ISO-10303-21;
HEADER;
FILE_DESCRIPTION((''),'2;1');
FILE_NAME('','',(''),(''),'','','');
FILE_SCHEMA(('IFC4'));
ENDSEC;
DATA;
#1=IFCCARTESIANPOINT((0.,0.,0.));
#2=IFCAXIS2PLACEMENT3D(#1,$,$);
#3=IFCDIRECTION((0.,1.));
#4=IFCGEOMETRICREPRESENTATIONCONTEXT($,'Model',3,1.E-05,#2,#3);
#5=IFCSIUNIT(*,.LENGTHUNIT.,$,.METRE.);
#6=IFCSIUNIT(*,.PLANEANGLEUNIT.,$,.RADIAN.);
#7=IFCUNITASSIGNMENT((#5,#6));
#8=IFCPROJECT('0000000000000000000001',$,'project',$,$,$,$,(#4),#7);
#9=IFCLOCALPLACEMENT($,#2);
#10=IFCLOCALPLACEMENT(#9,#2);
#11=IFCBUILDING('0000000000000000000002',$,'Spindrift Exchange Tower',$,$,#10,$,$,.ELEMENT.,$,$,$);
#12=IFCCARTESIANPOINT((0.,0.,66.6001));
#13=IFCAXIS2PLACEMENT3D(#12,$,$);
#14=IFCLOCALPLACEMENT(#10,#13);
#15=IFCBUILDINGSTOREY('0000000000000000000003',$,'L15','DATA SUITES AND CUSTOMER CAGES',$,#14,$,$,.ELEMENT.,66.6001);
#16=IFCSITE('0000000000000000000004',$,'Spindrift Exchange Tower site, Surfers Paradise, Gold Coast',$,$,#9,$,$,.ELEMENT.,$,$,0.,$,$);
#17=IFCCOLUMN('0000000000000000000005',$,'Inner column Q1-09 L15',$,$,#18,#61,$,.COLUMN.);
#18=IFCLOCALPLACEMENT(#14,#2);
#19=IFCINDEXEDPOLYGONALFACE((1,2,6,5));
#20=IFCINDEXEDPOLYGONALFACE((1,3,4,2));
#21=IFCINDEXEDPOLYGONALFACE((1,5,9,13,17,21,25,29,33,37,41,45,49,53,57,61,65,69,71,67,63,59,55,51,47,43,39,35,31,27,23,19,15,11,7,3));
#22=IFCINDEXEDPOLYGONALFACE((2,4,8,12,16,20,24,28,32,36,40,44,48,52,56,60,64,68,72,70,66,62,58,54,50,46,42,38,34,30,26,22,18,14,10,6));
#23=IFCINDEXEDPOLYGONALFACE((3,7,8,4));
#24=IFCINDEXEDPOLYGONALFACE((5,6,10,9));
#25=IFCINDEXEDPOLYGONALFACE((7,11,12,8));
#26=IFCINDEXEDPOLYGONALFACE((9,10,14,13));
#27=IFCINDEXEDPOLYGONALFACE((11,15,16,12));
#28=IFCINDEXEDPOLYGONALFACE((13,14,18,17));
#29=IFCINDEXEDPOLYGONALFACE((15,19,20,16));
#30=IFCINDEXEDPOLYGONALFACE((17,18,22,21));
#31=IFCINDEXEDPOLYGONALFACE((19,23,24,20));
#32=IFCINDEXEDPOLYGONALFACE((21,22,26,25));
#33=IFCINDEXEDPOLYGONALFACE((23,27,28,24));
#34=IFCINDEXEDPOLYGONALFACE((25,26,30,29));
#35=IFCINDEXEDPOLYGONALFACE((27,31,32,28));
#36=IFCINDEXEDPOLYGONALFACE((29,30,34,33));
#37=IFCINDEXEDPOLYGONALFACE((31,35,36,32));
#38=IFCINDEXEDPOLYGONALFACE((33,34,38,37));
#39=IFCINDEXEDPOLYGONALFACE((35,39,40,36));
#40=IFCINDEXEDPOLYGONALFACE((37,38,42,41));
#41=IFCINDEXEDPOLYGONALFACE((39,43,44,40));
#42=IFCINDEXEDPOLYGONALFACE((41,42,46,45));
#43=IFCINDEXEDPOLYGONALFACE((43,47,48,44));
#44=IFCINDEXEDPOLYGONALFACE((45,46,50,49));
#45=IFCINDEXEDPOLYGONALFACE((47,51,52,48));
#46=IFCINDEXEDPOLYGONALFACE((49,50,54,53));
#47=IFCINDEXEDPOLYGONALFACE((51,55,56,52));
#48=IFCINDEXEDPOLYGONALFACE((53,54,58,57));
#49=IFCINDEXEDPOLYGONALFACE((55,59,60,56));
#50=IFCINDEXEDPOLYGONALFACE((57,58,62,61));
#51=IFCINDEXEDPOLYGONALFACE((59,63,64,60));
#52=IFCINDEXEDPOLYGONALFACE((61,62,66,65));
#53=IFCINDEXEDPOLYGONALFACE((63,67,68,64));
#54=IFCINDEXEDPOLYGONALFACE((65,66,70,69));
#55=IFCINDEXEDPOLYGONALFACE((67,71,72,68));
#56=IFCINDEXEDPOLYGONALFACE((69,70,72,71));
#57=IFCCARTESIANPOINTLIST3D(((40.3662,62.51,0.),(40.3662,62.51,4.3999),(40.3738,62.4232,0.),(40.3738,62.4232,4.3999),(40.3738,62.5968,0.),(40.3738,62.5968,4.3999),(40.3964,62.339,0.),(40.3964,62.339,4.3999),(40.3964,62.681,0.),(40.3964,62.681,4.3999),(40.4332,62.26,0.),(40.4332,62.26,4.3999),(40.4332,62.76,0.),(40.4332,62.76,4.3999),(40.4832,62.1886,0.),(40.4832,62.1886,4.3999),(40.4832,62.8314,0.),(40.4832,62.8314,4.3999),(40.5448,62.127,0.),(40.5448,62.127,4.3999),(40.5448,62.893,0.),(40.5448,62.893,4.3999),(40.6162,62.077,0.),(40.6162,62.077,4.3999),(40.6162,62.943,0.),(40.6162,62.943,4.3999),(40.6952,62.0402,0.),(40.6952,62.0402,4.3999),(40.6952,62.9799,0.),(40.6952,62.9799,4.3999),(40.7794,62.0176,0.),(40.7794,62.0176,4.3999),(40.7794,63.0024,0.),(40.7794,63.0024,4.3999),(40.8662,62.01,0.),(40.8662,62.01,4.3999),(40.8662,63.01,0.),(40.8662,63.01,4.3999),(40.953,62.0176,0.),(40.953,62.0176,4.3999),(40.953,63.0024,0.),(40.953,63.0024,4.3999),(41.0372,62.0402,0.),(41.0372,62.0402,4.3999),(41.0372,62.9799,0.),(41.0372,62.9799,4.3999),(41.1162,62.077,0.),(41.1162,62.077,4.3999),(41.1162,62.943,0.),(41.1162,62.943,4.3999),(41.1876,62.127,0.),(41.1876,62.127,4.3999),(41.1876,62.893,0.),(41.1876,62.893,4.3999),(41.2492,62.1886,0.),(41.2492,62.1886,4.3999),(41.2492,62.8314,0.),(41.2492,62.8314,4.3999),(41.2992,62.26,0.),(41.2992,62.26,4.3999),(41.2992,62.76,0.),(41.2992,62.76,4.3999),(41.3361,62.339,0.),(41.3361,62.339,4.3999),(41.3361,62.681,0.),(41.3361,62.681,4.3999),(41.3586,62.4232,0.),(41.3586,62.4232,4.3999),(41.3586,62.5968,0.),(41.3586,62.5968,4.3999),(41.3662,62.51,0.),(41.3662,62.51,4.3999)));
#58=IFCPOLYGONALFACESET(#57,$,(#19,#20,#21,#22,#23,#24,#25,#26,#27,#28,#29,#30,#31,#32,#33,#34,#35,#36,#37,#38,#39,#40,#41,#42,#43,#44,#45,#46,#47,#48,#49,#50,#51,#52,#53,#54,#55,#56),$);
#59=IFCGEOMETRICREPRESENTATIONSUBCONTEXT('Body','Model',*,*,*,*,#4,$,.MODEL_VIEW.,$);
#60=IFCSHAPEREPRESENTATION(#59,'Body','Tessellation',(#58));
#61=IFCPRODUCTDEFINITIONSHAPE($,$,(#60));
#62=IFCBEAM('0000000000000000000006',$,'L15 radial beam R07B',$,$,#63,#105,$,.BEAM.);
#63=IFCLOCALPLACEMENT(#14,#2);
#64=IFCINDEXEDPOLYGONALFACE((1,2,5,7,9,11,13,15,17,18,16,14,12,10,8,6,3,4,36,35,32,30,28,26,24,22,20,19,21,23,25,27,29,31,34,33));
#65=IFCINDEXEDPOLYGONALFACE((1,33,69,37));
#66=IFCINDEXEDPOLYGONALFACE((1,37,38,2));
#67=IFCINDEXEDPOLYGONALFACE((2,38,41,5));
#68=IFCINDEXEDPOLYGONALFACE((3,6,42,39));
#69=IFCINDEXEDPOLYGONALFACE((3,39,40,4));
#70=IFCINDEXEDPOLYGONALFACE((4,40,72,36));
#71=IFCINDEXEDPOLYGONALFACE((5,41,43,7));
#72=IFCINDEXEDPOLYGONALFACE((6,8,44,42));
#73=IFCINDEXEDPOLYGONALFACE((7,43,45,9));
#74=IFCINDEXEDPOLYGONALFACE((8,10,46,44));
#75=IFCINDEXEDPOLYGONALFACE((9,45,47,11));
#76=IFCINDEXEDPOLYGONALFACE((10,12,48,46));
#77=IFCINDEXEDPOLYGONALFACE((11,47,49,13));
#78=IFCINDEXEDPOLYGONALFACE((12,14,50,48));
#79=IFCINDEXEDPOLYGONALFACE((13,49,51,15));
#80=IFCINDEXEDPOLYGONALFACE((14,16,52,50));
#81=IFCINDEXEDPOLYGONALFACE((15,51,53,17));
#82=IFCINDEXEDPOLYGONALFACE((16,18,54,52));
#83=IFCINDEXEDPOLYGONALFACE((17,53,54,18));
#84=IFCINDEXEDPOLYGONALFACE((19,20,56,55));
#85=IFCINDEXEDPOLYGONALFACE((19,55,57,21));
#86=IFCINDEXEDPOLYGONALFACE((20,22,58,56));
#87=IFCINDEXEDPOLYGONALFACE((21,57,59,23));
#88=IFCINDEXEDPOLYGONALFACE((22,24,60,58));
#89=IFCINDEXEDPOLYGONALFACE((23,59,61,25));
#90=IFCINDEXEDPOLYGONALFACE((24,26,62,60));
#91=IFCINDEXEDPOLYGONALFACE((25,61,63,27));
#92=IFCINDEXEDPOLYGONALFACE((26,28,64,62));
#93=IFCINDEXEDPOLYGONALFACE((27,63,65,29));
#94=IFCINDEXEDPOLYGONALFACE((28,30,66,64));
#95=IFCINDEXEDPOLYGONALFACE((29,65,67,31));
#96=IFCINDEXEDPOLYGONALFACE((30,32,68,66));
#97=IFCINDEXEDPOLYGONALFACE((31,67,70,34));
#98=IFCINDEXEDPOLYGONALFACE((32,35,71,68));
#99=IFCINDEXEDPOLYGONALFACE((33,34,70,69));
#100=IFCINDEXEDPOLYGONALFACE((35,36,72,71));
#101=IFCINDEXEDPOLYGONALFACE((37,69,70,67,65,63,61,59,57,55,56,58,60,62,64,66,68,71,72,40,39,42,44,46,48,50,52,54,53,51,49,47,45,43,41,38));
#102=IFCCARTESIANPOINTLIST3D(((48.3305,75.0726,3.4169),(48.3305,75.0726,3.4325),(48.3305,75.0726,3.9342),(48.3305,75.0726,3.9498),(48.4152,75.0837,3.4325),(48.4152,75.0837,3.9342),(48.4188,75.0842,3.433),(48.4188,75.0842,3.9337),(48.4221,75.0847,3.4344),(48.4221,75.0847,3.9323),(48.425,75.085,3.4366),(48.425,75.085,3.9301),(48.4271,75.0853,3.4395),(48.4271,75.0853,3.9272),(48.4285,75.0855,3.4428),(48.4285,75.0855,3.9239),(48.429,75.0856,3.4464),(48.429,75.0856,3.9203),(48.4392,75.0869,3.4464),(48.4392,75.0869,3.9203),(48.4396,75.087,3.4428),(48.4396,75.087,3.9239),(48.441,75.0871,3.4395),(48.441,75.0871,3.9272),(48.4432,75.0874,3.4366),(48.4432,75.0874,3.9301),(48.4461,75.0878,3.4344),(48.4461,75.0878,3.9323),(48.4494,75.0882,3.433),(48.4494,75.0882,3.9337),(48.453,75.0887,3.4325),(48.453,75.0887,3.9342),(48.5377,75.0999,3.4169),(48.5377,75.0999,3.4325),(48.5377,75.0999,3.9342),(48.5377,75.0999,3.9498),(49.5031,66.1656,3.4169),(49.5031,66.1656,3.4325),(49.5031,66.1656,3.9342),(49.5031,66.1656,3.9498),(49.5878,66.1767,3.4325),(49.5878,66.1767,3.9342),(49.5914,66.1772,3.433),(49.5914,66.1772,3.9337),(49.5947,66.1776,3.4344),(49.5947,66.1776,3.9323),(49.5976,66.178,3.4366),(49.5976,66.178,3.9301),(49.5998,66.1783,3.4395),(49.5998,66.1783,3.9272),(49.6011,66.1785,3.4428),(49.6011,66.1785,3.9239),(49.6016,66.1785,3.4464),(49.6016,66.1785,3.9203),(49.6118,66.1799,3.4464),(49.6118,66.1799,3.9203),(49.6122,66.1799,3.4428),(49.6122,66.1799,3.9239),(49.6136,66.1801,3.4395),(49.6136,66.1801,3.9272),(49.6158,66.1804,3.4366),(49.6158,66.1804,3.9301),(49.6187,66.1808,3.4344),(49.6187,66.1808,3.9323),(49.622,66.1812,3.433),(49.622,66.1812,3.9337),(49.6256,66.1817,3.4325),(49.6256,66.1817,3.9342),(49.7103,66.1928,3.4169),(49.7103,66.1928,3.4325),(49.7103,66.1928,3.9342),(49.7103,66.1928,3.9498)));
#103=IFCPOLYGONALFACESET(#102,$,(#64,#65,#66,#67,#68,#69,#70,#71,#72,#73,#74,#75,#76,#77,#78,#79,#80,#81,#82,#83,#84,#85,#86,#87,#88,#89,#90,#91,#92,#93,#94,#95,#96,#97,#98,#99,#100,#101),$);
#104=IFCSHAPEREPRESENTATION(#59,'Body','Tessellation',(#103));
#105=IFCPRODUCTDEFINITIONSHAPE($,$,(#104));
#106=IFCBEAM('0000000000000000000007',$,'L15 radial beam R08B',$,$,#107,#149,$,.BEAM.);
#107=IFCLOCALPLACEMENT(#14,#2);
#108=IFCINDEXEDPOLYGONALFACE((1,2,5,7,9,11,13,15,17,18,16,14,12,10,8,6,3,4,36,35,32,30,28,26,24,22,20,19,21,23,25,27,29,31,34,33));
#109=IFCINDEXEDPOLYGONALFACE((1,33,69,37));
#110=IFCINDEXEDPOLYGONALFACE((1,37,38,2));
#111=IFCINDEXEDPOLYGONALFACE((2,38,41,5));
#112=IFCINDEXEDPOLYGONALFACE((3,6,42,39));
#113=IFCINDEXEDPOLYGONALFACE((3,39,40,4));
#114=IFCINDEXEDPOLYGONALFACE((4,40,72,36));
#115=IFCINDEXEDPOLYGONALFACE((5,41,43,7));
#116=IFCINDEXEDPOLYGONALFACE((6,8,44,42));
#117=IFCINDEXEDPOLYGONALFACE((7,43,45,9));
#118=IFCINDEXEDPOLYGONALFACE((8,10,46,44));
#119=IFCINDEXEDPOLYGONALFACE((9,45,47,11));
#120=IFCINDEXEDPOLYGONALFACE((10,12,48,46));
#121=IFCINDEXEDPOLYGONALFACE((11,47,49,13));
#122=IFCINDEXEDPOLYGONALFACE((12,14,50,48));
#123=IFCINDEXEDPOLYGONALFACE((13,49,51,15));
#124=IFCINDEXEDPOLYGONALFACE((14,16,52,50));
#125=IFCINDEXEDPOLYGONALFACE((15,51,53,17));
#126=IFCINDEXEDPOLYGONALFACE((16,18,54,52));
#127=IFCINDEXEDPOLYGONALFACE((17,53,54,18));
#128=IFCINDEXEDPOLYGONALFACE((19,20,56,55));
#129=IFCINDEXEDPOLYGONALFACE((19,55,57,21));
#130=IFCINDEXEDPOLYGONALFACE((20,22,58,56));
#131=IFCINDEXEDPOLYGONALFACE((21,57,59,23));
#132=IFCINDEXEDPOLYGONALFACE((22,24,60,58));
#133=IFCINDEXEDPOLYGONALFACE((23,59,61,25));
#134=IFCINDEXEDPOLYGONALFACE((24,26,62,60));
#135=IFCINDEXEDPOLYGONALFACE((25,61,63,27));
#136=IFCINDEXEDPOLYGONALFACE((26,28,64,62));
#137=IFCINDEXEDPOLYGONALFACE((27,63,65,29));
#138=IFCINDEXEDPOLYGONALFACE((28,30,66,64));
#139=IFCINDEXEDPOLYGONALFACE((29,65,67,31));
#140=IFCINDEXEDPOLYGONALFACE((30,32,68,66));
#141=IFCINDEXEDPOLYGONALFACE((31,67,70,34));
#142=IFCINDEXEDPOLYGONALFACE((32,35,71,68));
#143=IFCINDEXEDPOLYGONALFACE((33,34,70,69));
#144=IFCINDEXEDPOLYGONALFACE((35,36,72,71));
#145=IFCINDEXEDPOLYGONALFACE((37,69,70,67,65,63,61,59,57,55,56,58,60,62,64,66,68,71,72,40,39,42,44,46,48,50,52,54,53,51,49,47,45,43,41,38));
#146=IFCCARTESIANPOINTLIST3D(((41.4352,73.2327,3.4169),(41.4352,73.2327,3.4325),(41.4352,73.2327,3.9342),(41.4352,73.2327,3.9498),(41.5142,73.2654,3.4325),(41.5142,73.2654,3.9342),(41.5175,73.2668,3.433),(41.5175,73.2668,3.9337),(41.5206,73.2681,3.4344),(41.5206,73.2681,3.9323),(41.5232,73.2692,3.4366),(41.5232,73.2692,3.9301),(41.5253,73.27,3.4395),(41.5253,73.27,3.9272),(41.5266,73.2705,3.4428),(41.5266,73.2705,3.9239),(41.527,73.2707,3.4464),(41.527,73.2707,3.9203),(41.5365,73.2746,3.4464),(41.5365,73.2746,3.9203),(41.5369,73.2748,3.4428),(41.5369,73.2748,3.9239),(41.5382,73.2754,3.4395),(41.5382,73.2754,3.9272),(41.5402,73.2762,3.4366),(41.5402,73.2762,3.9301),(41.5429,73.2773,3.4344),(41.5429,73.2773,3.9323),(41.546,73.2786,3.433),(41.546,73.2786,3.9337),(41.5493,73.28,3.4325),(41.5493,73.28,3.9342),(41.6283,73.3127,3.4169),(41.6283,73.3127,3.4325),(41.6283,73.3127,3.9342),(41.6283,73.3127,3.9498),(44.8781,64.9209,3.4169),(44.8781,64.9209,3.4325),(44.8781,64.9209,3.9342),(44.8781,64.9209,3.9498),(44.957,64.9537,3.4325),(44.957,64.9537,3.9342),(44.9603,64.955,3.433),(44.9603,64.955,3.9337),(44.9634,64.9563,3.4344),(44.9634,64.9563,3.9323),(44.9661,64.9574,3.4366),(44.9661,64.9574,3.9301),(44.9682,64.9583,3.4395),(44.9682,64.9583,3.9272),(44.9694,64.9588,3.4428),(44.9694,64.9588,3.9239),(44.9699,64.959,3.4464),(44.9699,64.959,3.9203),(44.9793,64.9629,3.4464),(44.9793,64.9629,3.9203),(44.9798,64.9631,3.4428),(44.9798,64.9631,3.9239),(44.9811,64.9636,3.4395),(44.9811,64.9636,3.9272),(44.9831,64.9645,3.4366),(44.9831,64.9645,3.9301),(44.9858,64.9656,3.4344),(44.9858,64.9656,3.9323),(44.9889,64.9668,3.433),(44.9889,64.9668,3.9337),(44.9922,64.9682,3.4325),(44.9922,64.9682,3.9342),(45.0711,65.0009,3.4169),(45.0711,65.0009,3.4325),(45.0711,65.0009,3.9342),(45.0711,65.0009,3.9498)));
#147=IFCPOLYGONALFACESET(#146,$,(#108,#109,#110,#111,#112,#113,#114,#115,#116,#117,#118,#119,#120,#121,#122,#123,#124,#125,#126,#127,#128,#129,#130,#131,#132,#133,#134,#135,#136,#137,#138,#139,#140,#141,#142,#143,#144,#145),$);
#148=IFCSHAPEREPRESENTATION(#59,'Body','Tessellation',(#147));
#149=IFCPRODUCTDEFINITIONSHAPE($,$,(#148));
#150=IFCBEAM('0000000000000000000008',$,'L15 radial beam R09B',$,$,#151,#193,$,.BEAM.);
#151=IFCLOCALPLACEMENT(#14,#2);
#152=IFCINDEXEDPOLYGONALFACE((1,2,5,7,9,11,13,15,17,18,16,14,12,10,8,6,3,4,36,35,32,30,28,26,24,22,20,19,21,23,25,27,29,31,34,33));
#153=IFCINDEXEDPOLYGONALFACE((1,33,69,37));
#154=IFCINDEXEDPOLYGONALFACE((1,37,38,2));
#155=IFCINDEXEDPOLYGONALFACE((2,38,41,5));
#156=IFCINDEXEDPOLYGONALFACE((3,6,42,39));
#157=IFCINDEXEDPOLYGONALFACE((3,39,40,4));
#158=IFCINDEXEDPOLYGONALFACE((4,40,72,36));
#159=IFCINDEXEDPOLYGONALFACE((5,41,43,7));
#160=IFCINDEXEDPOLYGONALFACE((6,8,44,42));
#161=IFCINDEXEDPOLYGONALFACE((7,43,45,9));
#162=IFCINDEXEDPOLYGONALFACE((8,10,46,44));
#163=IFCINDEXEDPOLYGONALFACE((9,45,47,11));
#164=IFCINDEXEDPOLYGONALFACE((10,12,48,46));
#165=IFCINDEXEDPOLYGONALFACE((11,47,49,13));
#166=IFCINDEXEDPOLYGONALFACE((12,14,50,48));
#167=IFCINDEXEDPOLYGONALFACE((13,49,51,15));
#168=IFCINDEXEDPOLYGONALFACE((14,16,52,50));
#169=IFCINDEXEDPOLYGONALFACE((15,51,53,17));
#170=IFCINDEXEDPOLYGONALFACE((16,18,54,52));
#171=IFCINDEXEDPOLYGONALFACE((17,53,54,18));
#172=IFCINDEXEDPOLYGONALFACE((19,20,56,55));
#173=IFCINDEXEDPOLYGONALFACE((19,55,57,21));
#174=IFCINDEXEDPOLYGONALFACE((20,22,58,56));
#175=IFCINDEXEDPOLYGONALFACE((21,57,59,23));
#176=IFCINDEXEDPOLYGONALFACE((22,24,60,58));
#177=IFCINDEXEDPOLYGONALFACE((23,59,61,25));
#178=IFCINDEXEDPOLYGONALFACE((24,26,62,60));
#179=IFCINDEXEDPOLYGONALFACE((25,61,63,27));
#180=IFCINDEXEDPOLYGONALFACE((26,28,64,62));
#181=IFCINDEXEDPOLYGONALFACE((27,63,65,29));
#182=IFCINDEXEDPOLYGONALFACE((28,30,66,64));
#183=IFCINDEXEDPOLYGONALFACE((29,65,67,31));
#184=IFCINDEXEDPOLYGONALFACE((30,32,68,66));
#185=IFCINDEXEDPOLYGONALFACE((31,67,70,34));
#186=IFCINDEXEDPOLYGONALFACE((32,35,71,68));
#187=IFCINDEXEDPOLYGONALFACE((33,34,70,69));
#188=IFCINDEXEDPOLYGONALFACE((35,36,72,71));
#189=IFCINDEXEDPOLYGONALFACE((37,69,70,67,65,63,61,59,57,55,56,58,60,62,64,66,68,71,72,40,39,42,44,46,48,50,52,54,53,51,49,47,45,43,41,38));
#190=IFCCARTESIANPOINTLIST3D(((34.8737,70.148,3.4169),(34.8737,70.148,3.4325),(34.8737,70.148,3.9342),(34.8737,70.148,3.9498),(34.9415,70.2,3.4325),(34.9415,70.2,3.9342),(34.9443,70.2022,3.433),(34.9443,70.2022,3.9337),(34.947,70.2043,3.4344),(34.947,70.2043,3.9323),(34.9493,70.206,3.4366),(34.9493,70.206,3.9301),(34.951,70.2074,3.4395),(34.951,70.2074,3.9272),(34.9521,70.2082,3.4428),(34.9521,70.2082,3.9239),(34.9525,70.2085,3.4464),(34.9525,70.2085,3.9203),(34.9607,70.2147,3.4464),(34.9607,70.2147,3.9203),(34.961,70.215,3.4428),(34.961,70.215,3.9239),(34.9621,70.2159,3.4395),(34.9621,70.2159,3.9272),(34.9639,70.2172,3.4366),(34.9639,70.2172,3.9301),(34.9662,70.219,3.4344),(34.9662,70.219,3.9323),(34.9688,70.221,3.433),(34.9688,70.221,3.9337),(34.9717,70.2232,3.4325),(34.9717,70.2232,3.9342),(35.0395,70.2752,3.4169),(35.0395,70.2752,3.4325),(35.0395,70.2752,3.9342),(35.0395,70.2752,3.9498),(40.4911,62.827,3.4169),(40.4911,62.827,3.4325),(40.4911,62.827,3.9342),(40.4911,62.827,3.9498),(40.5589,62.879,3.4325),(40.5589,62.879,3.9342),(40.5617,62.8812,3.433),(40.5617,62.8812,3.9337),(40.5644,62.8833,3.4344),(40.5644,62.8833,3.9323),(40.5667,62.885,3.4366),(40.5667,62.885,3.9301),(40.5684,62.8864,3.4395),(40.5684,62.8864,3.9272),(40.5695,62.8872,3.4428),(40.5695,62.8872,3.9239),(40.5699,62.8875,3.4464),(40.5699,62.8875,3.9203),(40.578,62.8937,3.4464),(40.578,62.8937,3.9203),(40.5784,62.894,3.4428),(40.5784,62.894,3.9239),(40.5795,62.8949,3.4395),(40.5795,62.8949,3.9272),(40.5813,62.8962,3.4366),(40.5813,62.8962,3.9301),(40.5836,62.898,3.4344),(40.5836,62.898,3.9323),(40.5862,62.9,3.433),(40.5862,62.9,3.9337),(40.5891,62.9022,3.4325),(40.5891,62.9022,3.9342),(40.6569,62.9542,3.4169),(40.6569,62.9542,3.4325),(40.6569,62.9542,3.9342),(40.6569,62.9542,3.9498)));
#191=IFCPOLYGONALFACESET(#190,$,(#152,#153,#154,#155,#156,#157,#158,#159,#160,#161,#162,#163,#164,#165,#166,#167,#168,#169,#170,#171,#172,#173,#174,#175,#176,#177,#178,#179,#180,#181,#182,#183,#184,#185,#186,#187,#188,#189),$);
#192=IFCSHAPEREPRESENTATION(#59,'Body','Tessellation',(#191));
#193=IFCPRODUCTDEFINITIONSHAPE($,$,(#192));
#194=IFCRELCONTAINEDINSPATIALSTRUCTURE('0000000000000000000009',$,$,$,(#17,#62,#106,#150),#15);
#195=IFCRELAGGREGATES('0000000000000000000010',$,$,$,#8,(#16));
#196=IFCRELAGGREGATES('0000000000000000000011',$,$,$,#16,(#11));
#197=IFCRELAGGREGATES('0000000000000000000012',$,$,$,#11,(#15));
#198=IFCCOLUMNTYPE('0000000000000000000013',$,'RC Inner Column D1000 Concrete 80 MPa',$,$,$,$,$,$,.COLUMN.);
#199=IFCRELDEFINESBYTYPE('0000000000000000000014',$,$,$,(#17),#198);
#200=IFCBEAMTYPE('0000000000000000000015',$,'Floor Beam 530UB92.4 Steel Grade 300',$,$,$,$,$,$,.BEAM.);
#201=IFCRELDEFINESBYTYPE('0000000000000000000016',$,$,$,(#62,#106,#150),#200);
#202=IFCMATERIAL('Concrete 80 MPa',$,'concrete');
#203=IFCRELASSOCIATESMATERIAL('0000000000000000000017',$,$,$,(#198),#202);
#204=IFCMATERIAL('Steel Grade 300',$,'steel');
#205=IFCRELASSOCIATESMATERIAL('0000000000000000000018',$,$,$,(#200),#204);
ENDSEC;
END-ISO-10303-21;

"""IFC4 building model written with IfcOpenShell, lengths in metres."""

from ifc_helpers import new_model, si_unit, direction, frame, origin, origin_2d, place, context, subcontext, project, spatial, circle, i_section, extrude, source, transform, mapped, material, material_profile, profile_set, type_object, element, save


model = new_model("IFC4")

# Units and contexts
model_context = context("Model", 3, precision=1e-05, world=origin(), true_north=direction((0.0, 1.0)))
body_context = subcontext(model_context, "Body", "Model", "MODEL_VIEW")
ifc_project = project(units=[si_unit("LENGTHUNIT", "METRE"), si_unit("PLANEANGLEUNIT", "RADIAN")], contexts=[model_context])

# Site, building, storey
site_placement = place(None, origin())
site = spatial("IfcSite", under=ifc_project, at=site_placement, Name="Spindrift Exchange Tower site, Surfers Paradise, Gold Coast", CompositionType="ELEMENT", RefElevation=0.0)
building_placement = place(site_placement, origin())
building = spatial("IfcBuilding", under=site, at=building_placement, Name="Spindrift Exchange Tower", CompositionType="ELEMENT")
storey_placement = place(building_placement, frame((0.0, 0.0, 66.6001)))
storey = spatial("IfcBuildingStorey", under=building, at=storey_placement, Name="L15", Description="DATA SUITES AND CUSTOMER CAGES", CompositionType="ELEMENT", Elevation=66.6001)

# Column
ifc_material_1 = material(Name="Concrete 80 MPa", Category="concrete")
ifc_material_profile_1 = material_profile(ifc_material_1, circle(Radius=0.5, at=origin_2d()), Name="RC D1000")
ifc_profile_set_1 = profile_set([ifc_material_profile_1], Name="Concrete 80 MPa")
column_type_1 = type_object("IfcColumnType", Name="RC Inner Column D1000 Concrete 80 MPa", PredefinedType="COLUMN", material=ifc_profile_set_1)
shared_shape_1 = source(origin(), body_context, "Body", "SweptSolid", [
    extrude(circle(Radius=0.5, at=origin_2d()), origin(), (0.0, 0.0, 1.0), 4.3999),
])
for number, where, z_axis, x_axis, name in (
    (1, (40.8662, 62.51, 0.0), (0.0, 0.0, 1.0), (1.0, 0.0, 0.0), "Inner column Q1-09 L15"),
):
    element("IfcColumn", number, at=place(storey_placement, frame(where, z_axis=z_axis, x_axis=x_axis)), inside=storey, type_object=column_type_1, Name=name, PredefinedType="COLUMN", context=body_context, shape_type="MappedRepresentation", body=[
        mapped(shared_shape_1, transform((0.0, 0.0, 0.0), scale=1.0)),
    ])

# Beams
ifc_material_2 = material(Name="Steel Grade 300", Category="steel")
ifc_material_profile_2 = material_profile(ifc_material_2, i_section(OverallWidth=0.209, OverallDepth=0.533, WebThickness=0.0103, FlangeThickness=0.0156, FilletRadius=0.0139, at=origin_2d()), Name="530UB92.4")
ifc_profile_set_2 = profile_set([ifc_material_profile_2], Name="Steel Grade 300")
beam_type_1 = type_object("IfcBeamType", Name="Floor Beam 530UB92.4 Steel Grade 300", PredefinedType="BEAM", material=ifc_profile_set_2)
shared_shape_2 = source(origin(), body_context, "Body", "SweptSolid", [
    extrude(i_section(OverallWidth=0.209, OverallDepth=0.533, WebThickness=0.0103, FlangeThickness=0.0156, FilletRadius=0.0139, at=origin_2d()), origin(), (0.0, 0.0, 1.0), 8.9839),
])
beam_1_placement = place(storey_placement, frame((49.6067, 66.1792, 3.6833), z_axis=(-0.130524, 0.991445, 0.0), x_axis=(-0.991445, -0.130524, 0.0)))
element("IfcBeam", 2, at=beam_1_placement, inside=storey, type_object=beam_type_1, Name="L15 radial beam R07B", PredefinedType="BEAM", context=body_context, shape_type="MappedRepresentation", body=[
    mapped(shared_shape_2, transform((0.0, 0.0, 0.0), scale=1.0)),
])
shared_shape_3 = source(origin(), body_context, "Body", "SweptSolid", [
    extrude(i_section(OverallWidth=0.209, OverallDepth=0.533, WebThickness=0.0103, FlangeThickness=0.0156, FilletRadius=0.0139, at=origin_2d()), origin(), (0.0, 0.0, 1.0), 8.9966),
])
beam_2_placement = place(storey_placement, frame((44.9746, 64.9609, 3.6833), z_axis=(-0.382686, 0.923879, 0.0), x_axis=(-0.923879, -0.382686, 0.0)))
element("IfcBeam", 3, at=beam_2_placement, inside=storey, type_object=beam_type_1, Name="L15 radial beam R08B", PredefinedType="BEAM", context=body_context, shape_type="MappedRepresentation", body=[
    mapped(shared_shape_3, transform((0.0, 0.0, 0.0), scale=1.0)),
])
shared_shape_4 = source(origin(), body_context, "Body", "SweptSolid", [
    extrude(i_section(OverallWidth=0.209, OverallDepth=0.533, WebThickness=0.0103, FlangeThickness=0.0156, FilletRadius=0.0139, at=origin_2d()), origin(), (0.0, 0.0, 1.0), 9.2278),
])
beam_3_placement = place(storey_placement, frame((40.574, 62.8906, 3.6833), z_axis=(-0.608748, 0.793364, 0.0), x_axis=(-0.793364, -0.608748, 0.0)))
element("IfcBeam", 4, at=beam_3_placement, inside=storey, type_object=beam_type_1, Name="L15 radial beam R09B", PredefinedType="BEAM", context=body_context, shape_type="MappedRepresentation", body=[
    mapped(shared_shape_4, transform((0.0, 0.0, 0.0), scale=1.0)),
])

save(model, "model.ifc")
